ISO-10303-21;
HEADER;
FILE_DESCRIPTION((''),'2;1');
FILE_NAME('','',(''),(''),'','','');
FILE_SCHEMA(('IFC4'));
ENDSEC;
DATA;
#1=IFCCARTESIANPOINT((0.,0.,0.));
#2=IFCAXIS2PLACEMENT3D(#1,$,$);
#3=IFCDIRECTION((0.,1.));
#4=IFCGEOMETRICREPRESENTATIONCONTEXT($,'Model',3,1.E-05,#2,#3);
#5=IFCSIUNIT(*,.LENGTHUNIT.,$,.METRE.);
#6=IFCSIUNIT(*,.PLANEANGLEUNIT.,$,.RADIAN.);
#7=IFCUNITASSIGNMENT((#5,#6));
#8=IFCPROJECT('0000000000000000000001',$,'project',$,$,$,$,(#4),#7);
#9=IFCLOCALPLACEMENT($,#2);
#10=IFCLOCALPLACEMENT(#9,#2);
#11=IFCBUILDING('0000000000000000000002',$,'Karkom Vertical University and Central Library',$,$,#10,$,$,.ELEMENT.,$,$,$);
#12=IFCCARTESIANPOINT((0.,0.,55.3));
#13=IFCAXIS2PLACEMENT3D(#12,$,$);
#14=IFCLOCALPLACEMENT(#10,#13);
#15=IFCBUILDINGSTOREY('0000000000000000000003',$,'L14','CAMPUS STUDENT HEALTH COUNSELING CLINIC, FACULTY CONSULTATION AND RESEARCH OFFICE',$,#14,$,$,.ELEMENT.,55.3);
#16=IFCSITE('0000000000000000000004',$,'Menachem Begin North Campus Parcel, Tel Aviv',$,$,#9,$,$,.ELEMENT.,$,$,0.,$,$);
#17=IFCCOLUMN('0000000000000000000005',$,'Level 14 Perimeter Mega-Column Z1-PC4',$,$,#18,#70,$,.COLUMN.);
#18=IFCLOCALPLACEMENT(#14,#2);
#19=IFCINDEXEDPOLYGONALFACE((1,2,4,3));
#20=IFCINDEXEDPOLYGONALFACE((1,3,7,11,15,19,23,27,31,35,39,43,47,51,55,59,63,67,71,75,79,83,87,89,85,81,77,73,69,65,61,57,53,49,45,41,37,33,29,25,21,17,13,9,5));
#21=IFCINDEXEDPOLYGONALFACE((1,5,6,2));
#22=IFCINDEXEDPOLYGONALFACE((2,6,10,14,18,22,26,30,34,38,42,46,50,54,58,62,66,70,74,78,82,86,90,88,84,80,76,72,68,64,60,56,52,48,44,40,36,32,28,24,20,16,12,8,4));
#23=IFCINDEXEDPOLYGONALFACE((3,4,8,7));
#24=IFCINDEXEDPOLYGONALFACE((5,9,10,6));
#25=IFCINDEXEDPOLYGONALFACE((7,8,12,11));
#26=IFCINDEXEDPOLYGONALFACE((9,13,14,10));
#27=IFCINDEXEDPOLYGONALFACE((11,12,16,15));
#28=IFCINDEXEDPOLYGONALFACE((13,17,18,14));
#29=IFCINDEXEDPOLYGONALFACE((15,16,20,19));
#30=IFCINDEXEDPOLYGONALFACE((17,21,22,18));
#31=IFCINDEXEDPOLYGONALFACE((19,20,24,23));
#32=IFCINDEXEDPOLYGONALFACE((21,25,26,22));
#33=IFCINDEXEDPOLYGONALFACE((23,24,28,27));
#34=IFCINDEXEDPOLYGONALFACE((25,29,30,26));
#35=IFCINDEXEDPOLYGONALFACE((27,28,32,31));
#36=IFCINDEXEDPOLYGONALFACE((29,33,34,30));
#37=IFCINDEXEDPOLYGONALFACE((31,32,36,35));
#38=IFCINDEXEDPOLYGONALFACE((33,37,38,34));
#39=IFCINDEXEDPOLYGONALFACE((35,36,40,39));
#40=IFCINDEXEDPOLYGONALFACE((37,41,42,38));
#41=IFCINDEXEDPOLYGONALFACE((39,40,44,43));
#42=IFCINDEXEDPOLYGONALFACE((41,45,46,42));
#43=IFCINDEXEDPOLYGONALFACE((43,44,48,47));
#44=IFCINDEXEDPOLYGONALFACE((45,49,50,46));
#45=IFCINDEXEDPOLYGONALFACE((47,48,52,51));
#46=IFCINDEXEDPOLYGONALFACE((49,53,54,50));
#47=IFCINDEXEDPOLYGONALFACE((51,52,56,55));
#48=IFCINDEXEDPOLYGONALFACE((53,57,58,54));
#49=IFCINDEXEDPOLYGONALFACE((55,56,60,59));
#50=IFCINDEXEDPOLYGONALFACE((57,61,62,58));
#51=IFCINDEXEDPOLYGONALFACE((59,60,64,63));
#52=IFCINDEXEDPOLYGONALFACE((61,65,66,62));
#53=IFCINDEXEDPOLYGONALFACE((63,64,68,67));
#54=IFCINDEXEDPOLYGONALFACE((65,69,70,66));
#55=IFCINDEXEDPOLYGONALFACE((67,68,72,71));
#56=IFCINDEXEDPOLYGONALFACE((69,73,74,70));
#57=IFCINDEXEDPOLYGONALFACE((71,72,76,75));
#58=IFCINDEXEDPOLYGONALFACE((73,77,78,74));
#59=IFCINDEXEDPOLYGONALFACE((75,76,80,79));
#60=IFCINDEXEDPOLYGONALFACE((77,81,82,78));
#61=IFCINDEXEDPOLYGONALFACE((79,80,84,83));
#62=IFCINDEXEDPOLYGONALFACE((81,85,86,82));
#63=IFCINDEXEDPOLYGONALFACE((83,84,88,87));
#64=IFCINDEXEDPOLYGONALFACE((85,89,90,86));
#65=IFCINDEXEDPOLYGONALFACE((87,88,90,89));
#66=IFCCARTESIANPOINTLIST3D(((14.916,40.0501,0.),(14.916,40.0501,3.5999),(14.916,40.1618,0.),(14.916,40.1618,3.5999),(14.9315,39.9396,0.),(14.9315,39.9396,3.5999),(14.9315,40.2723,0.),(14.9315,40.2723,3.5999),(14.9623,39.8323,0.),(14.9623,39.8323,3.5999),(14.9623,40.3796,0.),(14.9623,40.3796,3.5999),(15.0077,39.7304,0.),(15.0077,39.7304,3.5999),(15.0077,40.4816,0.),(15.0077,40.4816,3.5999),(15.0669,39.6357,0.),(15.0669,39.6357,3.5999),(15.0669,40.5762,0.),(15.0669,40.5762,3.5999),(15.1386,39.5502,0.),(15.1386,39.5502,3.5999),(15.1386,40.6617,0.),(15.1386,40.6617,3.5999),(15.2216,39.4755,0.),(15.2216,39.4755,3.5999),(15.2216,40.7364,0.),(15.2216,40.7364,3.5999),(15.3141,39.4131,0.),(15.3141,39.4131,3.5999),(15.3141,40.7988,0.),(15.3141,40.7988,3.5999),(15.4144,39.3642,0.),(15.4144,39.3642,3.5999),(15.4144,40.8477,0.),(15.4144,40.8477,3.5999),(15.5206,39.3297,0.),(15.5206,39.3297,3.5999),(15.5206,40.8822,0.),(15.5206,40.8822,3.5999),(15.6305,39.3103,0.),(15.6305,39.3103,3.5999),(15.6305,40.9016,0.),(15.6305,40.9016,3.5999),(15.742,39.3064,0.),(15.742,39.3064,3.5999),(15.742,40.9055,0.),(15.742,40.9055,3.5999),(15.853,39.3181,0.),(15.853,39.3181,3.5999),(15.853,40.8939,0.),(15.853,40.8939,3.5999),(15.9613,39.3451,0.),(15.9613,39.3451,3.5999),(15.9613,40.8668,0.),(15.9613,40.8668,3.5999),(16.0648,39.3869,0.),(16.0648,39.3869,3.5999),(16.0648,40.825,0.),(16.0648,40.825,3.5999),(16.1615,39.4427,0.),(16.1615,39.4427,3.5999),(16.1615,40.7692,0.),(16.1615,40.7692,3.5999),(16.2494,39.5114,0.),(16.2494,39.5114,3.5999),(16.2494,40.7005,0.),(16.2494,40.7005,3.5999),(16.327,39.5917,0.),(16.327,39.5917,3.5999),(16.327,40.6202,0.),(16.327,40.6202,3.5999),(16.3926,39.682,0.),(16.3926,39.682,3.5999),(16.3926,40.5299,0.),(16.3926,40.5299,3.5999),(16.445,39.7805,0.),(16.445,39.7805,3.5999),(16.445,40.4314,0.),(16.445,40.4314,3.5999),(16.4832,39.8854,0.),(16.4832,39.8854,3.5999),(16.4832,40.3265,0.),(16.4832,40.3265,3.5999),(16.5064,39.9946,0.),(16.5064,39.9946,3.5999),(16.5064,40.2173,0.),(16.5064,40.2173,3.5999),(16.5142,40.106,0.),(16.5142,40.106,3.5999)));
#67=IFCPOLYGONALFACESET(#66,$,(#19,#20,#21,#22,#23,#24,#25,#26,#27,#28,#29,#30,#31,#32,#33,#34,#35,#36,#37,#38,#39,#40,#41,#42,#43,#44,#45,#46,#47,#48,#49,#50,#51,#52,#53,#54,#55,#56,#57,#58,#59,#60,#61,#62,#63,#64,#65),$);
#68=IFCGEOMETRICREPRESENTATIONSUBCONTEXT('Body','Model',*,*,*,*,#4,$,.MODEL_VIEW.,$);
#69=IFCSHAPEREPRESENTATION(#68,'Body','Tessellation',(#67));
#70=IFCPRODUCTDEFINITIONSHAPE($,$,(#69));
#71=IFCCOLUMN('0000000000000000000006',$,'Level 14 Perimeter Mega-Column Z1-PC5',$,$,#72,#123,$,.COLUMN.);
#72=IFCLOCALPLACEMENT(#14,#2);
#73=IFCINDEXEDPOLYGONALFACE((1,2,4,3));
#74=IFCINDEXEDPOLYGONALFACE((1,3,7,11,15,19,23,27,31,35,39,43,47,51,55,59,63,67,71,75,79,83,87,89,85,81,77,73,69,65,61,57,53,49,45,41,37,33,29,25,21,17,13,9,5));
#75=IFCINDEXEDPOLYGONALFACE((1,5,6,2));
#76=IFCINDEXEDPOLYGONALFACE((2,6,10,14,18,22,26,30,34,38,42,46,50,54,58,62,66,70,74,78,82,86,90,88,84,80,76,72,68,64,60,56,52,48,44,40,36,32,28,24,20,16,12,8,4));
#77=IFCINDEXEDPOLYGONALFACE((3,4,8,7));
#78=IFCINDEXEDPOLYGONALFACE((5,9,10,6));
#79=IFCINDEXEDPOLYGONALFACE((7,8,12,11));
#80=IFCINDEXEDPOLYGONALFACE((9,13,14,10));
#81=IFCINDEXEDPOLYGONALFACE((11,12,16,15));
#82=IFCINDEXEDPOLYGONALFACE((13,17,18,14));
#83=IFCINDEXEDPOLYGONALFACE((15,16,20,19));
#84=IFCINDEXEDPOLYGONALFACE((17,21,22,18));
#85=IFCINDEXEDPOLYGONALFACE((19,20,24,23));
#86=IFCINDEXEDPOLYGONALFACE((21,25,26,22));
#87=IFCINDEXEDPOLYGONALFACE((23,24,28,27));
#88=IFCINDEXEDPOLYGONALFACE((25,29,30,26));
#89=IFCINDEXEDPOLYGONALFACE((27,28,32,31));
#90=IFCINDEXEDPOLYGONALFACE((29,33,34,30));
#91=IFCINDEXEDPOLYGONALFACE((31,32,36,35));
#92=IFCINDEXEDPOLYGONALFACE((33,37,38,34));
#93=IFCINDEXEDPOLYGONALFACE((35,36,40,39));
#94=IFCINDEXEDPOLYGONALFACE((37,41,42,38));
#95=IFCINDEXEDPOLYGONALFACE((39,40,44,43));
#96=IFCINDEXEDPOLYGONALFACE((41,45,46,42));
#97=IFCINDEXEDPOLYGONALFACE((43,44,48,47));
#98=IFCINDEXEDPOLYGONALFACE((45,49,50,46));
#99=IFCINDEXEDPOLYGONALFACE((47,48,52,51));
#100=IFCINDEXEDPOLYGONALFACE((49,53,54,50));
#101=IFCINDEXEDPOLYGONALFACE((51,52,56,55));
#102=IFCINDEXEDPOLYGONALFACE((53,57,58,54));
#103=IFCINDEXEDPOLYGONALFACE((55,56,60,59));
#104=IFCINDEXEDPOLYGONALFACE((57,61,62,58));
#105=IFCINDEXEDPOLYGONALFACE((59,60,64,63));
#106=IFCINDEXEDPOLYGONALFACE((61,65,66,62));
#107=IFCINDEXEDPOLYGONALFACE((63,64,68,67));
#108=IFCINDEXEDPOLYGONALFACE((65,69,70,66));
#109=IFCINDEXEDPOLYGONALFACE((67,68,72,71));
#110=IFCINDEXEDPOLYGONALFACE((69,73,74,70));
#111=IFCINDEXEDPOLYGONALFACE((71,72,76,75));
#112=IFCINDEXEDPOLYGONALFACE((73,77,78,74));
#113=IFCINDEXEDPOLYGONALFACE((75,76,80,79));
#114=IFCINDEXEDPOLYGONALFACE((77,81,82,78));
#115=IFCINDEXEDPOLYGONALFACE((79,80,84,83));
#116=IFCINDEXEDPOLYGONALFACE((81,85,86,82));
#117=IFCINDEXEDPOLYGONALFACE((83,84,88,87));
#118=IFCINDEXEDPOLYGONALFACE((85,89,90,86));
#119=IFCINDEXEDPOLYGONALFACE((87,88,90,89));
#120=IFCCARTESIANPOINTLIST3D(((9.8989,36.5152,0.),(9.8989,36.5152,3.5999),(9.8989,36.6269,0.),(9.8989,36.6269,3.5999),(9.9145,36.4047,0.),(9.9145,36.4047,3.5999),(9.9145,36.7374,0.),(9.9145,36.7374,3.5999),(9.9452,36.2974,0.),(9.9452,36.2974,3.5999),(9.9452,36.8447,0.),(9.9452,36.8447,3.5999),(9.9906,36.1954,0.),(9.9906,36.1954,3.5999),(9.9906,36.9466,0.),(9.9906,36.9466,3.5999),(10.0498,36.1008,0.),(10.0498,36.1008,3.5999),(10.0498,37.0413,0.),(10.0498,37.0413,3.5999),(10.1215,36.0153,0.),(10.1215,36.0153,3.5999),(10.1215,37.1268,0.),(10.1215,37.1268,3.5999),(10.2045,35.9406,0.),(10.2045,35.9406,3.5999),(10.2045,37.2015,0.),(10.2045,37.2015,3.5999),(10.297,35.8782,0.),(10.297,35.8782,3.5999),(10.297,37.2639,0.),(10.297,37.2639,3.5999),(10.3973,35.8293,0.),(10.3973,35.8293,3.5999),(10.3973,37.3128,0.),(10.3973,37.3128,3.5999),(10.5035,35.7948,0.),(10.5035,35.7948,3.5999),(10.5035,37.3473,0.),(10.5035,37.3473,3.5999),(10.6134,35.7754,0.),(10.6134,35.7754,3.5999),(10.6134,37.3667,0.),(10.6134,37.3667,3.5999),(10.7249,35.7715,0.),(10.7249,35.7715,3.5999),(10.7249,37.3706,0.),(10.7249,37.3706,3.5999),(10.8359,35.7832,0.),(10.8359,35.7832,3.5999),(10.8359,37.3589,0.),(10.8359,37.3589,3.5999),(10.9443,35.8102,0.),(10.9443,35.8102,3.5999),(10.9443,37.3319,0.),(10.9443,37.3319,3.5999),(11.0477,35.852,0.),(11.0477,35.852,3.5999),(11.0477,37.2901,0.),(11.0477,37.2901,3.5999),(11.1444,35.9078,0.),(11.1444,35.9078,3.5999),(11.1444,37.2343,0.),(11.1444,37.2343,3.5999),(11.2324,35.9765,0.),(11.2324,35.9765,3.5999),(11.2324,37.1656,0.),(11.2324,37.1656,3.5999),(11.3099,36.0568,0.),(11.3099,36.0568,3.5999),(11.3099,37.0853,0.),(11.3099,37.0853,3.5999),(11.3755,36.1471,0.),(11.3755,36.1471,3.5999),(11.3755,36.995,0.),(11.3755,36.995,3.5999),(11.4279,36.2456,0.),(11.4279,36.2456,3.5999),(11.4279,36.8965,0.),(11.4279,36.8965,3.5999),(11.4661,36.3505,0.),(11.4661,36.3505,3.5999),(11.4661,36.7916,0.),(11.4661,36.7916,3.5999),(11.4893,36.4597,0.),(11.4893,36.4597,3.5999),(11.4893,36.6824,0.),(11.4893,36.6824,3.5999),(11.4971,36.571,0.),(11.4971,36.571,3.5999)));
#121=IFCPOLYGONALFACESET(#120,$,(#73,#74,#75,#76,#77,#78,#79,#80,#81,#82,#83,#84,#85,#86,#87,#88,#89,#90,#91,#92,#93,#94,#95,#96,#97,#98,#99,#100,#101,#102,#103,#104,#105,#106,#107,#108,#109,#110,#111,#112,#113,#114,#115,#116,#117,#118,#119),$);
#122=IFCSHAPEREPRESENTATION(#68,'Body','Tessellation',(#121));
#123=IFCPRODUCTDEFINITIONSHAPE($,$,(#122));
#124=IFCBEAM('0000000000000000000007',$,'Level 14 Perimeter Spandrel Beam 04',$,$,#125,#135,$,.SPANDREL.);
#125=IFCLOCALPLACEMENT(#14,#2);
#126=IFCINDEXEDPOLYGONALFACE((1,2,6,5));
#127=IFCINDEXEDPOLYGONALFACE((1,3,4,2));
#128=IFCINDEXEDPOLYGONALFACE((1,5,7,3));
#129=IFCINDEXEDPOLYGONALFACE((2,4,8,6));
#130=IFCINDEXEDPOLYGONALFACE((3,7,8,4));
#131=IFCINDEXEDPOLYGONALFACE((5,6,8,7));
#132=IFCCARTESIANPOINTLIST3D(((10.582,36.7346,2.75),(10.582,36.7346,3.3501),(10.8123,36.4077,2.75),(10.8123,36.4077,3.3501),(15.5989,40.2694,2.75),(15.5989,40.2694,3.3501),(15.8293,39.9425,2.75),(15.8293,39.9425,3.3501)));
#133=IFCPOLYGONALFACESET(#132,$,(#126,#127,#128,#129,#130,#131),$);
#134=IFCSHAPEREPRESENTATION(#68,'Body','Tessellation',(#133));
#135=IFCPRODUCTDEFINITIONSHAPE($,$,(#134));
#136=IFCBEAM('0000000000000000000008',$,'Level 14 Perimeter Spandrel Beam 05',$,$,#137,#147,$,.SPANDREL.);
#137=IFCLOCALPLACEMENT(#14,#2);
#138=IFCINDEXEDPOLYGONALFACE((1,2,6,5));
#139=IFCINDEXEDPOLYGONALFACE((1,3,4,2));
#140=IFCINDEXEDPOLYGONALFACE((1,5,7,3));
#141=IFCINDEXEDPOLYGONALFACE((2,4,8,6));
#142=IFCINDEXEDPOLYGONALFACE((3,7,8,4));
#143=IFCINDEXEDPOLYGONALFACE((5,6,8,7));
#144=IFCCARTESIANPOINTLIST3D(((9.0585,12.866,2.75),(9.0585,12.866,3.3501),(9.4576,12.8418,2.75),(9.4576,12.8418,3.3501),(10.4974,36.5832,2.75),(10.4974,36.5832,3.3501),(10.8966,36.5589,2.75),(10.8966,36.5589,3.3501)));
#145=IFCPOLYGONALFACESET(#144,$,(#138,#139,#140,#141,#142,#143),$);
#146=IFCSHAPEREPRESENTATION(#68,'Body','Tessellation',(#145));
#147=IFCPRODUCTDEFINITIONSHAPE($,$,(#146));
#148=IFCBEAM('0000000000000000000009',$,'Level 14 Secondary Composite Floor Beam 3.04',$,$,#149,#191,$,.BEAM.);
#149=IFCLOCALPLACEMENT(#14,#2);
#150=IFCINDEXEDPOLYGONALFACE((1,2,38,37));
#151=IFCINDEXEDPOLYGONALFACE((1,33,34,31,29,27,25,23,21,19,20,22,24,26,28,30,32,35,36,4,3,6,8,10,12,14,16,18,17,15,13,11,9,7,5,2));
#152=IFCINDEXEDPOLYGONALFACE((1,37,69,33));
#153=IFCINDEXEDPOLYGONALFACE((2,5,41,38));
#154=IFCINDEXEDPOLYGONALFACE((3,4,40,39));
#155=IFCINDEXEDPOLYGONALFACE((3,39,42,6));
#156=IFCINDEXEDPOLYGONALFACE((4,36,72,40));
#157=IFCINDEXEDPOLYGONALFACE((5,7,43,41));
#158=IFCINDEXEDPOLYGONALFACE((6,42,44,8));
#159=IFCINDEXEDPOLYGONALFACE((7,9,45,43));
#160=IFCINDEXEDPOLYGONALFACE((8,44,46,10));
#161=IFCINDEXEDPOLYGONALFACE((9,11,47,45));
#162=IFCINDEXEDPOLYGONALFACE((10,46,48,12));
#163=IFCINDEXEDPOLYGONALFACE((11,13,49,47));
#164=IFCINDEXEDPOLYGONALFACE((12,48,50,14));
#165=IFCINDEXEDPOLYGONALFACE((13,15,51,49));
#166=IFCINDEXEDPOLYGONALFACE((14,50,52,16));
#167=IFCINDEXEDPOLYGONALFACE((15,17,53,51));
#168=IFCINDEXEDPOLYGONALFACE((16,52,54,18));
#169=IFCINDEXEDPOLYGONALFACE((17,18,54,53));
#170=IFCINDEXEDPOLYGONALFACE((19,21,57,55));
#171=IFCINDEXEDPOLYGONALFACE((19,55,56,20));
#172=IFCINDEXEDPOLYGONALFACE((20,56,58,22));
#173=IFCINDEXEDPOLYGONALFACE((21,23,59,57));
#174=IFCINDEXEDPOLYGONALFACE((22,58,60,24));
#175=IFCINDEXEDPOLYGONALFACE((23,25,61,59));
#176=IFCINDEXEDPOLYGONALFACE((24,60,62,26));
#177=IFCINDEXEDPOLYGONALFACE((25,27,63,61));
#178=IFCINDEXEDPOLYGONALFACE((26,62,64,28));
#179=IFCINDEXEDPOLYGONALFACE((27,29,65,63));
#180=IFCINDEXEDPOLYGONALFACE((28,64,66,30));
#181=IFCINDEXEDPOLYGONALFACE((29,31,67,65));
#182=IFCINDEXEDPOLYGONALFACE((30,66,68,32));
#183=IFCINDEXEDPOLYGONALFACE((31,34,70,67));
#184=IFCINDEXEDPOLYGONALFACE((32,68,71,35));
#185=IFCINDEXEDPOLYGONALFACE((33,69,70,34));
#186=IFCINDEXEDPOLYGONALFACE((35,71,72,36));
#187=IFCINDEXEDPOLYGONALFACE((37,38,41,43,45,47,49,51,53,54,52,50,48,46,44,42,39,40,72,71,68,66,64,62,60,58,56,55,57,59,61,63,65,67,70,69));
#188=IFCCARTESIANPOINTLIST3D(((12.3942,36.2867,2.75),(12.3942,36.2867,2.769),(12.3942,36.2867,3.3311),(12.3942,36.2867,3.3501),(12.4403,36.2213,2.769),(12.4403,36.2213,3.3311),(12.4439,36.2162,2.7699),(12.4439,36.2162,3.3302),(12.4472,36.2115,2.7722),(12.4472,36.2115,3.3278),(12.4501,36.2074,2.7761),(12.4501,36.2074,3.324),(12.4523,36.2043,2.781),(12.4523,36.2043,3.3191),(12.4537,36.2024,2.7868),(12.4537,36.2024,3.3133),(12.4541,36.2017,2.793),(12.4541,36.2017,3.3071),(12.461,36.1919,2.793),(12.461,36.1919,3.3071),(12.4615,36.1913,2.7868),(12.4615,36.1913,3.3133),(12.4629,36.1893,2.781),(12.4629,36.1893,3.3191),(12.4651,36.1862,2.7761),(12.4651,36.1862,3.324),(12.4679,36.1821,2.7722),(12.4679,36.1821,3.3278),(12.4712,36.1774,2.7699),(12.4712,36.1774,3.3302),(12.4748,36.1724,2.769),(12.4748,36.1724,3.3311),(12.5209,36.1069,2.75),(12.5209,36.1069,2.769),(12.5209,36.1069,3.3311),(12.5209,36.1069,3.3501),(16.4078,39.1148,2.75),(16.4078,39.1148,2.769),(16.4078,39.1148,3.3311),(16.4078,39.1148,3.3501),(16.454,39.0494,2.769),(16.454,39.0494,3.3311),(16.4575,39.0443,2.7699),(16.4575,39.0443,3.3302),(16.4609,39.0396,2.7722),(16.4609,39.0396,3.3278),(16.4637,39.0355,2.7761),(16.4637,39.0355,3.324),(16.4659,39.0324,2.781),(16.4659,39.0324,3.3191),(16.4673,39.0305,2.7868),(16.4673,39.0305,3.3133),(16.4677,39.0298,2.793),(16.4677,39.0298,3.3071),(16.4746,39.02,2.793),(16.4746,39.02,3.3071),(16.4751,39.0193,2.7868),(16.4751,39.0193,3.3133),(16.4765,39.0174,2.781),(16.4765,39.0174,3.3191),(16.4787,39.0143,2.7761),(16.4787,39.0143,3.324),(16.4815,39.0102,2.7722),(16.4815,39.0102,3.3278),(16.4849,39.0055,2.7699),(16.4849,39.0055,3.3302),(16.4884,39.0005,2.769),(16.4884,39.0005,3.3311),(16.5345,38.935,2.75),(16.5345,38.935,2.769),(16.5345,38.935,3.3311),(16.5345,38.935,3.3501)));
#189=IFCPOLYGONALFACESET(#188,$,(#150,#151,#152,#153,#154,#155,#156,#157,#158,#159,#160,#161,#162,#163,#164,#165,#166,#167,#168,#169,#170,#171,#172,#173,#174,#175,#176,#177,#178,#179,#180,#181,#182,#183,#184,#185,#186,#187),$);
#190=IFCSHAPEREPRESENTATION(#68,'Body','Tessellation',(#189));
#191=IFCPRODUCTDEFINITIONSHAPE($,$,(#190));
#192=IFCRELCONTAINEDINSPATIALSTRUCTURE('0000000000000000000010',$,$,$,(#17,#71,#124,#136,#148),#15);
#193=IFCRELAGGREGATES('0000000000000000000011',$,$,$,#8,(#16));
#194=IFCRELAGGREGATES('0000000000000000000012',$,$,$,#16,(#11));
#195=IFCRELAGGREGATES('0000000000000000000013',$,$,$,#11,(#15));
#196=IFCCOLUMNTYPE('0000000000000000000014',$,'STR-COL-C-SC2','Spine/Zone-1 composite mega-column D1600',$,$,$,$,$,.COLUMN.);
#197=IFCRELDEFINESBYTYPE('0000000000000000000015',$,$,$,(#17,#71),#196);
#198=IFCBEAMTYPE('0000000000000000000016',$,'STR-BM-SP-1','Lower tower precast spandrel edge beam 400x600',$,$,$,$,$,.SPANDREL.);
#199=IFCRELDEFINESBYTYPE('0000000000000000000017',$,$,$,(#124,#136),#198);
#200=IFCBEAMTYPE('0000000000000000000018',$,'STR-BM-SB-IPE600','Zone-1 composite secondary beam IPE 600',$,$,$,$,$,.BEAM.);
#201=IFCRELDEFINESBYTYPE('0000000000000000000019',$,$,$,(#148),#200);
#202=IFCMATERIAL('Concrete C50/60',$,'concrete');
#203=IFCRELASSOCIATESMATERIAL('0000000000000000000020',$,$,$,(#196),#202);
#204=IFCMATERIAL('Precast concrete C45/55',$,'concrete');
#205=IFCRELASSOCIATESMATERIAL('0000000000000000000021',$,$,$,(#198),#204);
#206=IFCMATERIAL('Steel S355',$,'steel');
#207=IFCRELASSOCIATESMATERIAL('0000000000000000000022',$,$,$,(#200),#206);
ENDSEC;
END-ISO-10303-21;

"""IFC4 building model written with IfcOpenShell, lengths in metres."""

from ifc_helpers import new_model, si_unit, direction, frame, origin, origin_with_axes, origin_2d, place, context, subcontext, project, spatial, rectangle, circle, i_section, extrude, source, transform, mapped, material, material_profile, profile_set, type_object, element, save


model = new_model("IFC4")

# Units and contexts
model_context = context("Model", 3, precision=1e-05, world=origin(), true_north=direction((0.0, 1.0)))
body_context = subcontext(model_context, "Body", "Model", "MODEL_VIEW")
ifc_project = project(units=[si_unit("LENGTHUNIT", "METRE"), si_unit("PLANEANGLEUNIT", "RADIAN")], contexts=[model_context])

# Site, building, storey
site_placement = place(None, origin())
site = spatial("IfcSite", under=ifc_project, at=site_placement, Name="Menachem Begin North Campus Parcel, Tel Aviv", CompositionType="ELEMENT", RefElevation=0.0)
building_placement = place(site_placement, origin())
building = spatial("IfcBuilding", under=site, at=building_placement, Name="Karkom Vertical University and Central Library", CompositionType="ELEMENT")
storey_placement = place(building_placement, frame((0.0, 0.0, 55.3)))
storey = spatial("IfcBuildingStorey", under=building, at=storey_placement, Name="L14", Description="CAMPUS STUDENT HEALTH COUNSELING CLINIC, FACULTY CONSULTATION AND RESEARCH OFFICE", CompositionType="ELEMENT", Elevation=55.3)

# Columns
ifc_material_1 = material(Name="Concrete C50/60", Category="concrete")
ifc_material_profile_1 = material_profile(ifc_material_1, circle(Radius=0.8, at=origin_2d()), Name="CFT-D1600")
ifc_profile_set_1 = profile_set([ifc_material_profile_1], Name="Concrete C50/60")
column_type = type_object("IfcColumnType", Name="STR-COL-C-SC2", Description="Spine/Zone-1 composite mega-column D1600", PredefinedType="COLUMN", material=ifc_profile_set_1)
shared_shape_1 = source(origin_with_axes(), body_context, "Body", "SweptSolid", [
    extrude(circle(Radius=0.8, at=origin_2d()), origin(), (0.0, 0.0, 1.0), 3.5999),
])
for number, where, z_axis, x_axis, name in (
    (1, (15.7141, 40.106, 0.0), (0.0, 0.0, 1.0), (1.0, 0.0, 0.0), "Level 14 Perimeter Mega-Column Z1-PC4"),
    (2, (10.697, 36.571, 0.0), (0.0, 0.0, 1.0), (1.0, 0.0, 0.0), "Level 14 Perimeter Mega-Column Z1-PC5"),
):
    element("IfcColumn", number, at=place(storey_placement, frame(where, z_axis=z_axis, x_axis=x_axis)), inside=storey, type_object=column_type, Name=name, PredefinedType="COLUMN", context=body_context, shape_type="MappedRepresentation", body=[
        mapped(shared_shape_1, transform((0.0, 0.0, 0.0), scale=1.0)),
    ])

# Beams
ifc_material_2 = material(Name="Precast concrete C45/55", Category="concrete")
ifc_material_profile_2 = material_profile(ifc_material_2, rectangle(XDim=0.3999, YDim=0.6001, at=origin_2d()), Name="SPB-400x600")
ifc_profile_set_2 = profile_set([ifc_material_profile_2], Name="Precast concrete C45/55")
beam_type_1 = type_object("IfcBeamType", Name="STR-BM-SP-1", Description="Lower tower precast spandrel edge beam 400x600", PredefinedType="SPANDREL", material=ifc_profile_set_2)
shared_shape_2 = source(origin_with_axes(), body_context, "Body", "SweptSolid", [
    extrude(rectangle(XDim=0.3999, YDim=0.6001, at=origin_2d()), origin(), (0.0, 0.0, 1.0), 6.1372),
])
beam_1_placement = place(storey_placement, frame((15.7141, 40.106, 3.05), z_axis=(-0.817471, -0.575969, 0.0), x_axis=(0.575969, -0.817471, 0.0)))
element("IfcBeam", 3, at=beam_1_placement, inside=storey, type_object=beam_type_1, Name="Level 14 Perimeter Spandrel Beam 04", PredefinedType="SPANDREL", context=body_context, shape_type="MappedRepresentation", body=[
    mapped(shared_shape_2, transform((0.0, 0.0, 0.0), scale=1.0)),
])
shared_shape_3 = source(origin_with_axes(), body_context, "Body", "SweptSolid", [
    extrude(rectangle(XDim=0.3999, YDim=0.6001, at=origin_2d()), origin(), (0.0, 0.0, 1.0), 23.7607),
])
beam_2_placement = place(storey_placement, frame((10.697, 36.571, 3.05), z_axis=(-0.060561, -0.998165, 0.0), x_axis=(0.998165, -0.060561, 0.0)))
element("IfcBeam", 4, at=beam_2_placement, inside=storey, type_object=beam_type_1, Name="Level 14 Perimeter Spandrel Beam 05", PredefinedType="SPANDREL", context=body_context, shape_type="MappedRepresentation", body=[
    mapped(shared_shape_3, transform((0.0, 0.0, 0.0), scale=1.0)),
])
ifc_material_3 = material(Name="Steel S355", Category="steel")
ifc_material_profile_3 = material_profile(ifc_material_3, i_section(OverallWidth=0.22, OverallDepth=0.6001, WebThickness=0.012, FlangeThickness=0.019, FilletRadius=0.0239, at=origin_2d()), Name="IPE 600")
ifc_profile_set_3 = profile_set([ifc_material_profile_3], Name="Steel S355")
beam_type_2 = type_object("IfcBeamType", Name="STR-BM-SB-IPE600", Description="Zone-1 composite secondary beam IPE 600", PredefinedType="BEAM", material=ifc_profile_set_3)
shared_shape_4 = source(origin_with_axes(), body_context, "Body", "SweptSolid", [
    extrude(i_section(OverallWidth=0.22, OverallDepth=0.6001, WebThickness=0.012, FlangeThickness=0.019, FilletRadius=0.0239, at=origin_2d()), origin(), (0.0, 0.0, 1.0), 4.9099),
])
beam_3_placement = place(storey_placement, frame((16.4712, 39.0249, 3.05), z_axis=(-0.817453, -0.575996, 0.0), x_axis=(0.575996, -0.817453, 0.0)))
element("IfcBeam", 5, at=beam_3_placement, inside=storey, type_object=beam_type_2, Name="Level 14 Secondary Composite Floor Beam 3.04", PredefinedType="BEAM", context=body_context, shape_type="MappedRepresentation", body=[
    mapped(shared_shape_4, transform((0.0, 0.0, 0.0), scale=1.0)),
])

save(model, "model.ifc")
